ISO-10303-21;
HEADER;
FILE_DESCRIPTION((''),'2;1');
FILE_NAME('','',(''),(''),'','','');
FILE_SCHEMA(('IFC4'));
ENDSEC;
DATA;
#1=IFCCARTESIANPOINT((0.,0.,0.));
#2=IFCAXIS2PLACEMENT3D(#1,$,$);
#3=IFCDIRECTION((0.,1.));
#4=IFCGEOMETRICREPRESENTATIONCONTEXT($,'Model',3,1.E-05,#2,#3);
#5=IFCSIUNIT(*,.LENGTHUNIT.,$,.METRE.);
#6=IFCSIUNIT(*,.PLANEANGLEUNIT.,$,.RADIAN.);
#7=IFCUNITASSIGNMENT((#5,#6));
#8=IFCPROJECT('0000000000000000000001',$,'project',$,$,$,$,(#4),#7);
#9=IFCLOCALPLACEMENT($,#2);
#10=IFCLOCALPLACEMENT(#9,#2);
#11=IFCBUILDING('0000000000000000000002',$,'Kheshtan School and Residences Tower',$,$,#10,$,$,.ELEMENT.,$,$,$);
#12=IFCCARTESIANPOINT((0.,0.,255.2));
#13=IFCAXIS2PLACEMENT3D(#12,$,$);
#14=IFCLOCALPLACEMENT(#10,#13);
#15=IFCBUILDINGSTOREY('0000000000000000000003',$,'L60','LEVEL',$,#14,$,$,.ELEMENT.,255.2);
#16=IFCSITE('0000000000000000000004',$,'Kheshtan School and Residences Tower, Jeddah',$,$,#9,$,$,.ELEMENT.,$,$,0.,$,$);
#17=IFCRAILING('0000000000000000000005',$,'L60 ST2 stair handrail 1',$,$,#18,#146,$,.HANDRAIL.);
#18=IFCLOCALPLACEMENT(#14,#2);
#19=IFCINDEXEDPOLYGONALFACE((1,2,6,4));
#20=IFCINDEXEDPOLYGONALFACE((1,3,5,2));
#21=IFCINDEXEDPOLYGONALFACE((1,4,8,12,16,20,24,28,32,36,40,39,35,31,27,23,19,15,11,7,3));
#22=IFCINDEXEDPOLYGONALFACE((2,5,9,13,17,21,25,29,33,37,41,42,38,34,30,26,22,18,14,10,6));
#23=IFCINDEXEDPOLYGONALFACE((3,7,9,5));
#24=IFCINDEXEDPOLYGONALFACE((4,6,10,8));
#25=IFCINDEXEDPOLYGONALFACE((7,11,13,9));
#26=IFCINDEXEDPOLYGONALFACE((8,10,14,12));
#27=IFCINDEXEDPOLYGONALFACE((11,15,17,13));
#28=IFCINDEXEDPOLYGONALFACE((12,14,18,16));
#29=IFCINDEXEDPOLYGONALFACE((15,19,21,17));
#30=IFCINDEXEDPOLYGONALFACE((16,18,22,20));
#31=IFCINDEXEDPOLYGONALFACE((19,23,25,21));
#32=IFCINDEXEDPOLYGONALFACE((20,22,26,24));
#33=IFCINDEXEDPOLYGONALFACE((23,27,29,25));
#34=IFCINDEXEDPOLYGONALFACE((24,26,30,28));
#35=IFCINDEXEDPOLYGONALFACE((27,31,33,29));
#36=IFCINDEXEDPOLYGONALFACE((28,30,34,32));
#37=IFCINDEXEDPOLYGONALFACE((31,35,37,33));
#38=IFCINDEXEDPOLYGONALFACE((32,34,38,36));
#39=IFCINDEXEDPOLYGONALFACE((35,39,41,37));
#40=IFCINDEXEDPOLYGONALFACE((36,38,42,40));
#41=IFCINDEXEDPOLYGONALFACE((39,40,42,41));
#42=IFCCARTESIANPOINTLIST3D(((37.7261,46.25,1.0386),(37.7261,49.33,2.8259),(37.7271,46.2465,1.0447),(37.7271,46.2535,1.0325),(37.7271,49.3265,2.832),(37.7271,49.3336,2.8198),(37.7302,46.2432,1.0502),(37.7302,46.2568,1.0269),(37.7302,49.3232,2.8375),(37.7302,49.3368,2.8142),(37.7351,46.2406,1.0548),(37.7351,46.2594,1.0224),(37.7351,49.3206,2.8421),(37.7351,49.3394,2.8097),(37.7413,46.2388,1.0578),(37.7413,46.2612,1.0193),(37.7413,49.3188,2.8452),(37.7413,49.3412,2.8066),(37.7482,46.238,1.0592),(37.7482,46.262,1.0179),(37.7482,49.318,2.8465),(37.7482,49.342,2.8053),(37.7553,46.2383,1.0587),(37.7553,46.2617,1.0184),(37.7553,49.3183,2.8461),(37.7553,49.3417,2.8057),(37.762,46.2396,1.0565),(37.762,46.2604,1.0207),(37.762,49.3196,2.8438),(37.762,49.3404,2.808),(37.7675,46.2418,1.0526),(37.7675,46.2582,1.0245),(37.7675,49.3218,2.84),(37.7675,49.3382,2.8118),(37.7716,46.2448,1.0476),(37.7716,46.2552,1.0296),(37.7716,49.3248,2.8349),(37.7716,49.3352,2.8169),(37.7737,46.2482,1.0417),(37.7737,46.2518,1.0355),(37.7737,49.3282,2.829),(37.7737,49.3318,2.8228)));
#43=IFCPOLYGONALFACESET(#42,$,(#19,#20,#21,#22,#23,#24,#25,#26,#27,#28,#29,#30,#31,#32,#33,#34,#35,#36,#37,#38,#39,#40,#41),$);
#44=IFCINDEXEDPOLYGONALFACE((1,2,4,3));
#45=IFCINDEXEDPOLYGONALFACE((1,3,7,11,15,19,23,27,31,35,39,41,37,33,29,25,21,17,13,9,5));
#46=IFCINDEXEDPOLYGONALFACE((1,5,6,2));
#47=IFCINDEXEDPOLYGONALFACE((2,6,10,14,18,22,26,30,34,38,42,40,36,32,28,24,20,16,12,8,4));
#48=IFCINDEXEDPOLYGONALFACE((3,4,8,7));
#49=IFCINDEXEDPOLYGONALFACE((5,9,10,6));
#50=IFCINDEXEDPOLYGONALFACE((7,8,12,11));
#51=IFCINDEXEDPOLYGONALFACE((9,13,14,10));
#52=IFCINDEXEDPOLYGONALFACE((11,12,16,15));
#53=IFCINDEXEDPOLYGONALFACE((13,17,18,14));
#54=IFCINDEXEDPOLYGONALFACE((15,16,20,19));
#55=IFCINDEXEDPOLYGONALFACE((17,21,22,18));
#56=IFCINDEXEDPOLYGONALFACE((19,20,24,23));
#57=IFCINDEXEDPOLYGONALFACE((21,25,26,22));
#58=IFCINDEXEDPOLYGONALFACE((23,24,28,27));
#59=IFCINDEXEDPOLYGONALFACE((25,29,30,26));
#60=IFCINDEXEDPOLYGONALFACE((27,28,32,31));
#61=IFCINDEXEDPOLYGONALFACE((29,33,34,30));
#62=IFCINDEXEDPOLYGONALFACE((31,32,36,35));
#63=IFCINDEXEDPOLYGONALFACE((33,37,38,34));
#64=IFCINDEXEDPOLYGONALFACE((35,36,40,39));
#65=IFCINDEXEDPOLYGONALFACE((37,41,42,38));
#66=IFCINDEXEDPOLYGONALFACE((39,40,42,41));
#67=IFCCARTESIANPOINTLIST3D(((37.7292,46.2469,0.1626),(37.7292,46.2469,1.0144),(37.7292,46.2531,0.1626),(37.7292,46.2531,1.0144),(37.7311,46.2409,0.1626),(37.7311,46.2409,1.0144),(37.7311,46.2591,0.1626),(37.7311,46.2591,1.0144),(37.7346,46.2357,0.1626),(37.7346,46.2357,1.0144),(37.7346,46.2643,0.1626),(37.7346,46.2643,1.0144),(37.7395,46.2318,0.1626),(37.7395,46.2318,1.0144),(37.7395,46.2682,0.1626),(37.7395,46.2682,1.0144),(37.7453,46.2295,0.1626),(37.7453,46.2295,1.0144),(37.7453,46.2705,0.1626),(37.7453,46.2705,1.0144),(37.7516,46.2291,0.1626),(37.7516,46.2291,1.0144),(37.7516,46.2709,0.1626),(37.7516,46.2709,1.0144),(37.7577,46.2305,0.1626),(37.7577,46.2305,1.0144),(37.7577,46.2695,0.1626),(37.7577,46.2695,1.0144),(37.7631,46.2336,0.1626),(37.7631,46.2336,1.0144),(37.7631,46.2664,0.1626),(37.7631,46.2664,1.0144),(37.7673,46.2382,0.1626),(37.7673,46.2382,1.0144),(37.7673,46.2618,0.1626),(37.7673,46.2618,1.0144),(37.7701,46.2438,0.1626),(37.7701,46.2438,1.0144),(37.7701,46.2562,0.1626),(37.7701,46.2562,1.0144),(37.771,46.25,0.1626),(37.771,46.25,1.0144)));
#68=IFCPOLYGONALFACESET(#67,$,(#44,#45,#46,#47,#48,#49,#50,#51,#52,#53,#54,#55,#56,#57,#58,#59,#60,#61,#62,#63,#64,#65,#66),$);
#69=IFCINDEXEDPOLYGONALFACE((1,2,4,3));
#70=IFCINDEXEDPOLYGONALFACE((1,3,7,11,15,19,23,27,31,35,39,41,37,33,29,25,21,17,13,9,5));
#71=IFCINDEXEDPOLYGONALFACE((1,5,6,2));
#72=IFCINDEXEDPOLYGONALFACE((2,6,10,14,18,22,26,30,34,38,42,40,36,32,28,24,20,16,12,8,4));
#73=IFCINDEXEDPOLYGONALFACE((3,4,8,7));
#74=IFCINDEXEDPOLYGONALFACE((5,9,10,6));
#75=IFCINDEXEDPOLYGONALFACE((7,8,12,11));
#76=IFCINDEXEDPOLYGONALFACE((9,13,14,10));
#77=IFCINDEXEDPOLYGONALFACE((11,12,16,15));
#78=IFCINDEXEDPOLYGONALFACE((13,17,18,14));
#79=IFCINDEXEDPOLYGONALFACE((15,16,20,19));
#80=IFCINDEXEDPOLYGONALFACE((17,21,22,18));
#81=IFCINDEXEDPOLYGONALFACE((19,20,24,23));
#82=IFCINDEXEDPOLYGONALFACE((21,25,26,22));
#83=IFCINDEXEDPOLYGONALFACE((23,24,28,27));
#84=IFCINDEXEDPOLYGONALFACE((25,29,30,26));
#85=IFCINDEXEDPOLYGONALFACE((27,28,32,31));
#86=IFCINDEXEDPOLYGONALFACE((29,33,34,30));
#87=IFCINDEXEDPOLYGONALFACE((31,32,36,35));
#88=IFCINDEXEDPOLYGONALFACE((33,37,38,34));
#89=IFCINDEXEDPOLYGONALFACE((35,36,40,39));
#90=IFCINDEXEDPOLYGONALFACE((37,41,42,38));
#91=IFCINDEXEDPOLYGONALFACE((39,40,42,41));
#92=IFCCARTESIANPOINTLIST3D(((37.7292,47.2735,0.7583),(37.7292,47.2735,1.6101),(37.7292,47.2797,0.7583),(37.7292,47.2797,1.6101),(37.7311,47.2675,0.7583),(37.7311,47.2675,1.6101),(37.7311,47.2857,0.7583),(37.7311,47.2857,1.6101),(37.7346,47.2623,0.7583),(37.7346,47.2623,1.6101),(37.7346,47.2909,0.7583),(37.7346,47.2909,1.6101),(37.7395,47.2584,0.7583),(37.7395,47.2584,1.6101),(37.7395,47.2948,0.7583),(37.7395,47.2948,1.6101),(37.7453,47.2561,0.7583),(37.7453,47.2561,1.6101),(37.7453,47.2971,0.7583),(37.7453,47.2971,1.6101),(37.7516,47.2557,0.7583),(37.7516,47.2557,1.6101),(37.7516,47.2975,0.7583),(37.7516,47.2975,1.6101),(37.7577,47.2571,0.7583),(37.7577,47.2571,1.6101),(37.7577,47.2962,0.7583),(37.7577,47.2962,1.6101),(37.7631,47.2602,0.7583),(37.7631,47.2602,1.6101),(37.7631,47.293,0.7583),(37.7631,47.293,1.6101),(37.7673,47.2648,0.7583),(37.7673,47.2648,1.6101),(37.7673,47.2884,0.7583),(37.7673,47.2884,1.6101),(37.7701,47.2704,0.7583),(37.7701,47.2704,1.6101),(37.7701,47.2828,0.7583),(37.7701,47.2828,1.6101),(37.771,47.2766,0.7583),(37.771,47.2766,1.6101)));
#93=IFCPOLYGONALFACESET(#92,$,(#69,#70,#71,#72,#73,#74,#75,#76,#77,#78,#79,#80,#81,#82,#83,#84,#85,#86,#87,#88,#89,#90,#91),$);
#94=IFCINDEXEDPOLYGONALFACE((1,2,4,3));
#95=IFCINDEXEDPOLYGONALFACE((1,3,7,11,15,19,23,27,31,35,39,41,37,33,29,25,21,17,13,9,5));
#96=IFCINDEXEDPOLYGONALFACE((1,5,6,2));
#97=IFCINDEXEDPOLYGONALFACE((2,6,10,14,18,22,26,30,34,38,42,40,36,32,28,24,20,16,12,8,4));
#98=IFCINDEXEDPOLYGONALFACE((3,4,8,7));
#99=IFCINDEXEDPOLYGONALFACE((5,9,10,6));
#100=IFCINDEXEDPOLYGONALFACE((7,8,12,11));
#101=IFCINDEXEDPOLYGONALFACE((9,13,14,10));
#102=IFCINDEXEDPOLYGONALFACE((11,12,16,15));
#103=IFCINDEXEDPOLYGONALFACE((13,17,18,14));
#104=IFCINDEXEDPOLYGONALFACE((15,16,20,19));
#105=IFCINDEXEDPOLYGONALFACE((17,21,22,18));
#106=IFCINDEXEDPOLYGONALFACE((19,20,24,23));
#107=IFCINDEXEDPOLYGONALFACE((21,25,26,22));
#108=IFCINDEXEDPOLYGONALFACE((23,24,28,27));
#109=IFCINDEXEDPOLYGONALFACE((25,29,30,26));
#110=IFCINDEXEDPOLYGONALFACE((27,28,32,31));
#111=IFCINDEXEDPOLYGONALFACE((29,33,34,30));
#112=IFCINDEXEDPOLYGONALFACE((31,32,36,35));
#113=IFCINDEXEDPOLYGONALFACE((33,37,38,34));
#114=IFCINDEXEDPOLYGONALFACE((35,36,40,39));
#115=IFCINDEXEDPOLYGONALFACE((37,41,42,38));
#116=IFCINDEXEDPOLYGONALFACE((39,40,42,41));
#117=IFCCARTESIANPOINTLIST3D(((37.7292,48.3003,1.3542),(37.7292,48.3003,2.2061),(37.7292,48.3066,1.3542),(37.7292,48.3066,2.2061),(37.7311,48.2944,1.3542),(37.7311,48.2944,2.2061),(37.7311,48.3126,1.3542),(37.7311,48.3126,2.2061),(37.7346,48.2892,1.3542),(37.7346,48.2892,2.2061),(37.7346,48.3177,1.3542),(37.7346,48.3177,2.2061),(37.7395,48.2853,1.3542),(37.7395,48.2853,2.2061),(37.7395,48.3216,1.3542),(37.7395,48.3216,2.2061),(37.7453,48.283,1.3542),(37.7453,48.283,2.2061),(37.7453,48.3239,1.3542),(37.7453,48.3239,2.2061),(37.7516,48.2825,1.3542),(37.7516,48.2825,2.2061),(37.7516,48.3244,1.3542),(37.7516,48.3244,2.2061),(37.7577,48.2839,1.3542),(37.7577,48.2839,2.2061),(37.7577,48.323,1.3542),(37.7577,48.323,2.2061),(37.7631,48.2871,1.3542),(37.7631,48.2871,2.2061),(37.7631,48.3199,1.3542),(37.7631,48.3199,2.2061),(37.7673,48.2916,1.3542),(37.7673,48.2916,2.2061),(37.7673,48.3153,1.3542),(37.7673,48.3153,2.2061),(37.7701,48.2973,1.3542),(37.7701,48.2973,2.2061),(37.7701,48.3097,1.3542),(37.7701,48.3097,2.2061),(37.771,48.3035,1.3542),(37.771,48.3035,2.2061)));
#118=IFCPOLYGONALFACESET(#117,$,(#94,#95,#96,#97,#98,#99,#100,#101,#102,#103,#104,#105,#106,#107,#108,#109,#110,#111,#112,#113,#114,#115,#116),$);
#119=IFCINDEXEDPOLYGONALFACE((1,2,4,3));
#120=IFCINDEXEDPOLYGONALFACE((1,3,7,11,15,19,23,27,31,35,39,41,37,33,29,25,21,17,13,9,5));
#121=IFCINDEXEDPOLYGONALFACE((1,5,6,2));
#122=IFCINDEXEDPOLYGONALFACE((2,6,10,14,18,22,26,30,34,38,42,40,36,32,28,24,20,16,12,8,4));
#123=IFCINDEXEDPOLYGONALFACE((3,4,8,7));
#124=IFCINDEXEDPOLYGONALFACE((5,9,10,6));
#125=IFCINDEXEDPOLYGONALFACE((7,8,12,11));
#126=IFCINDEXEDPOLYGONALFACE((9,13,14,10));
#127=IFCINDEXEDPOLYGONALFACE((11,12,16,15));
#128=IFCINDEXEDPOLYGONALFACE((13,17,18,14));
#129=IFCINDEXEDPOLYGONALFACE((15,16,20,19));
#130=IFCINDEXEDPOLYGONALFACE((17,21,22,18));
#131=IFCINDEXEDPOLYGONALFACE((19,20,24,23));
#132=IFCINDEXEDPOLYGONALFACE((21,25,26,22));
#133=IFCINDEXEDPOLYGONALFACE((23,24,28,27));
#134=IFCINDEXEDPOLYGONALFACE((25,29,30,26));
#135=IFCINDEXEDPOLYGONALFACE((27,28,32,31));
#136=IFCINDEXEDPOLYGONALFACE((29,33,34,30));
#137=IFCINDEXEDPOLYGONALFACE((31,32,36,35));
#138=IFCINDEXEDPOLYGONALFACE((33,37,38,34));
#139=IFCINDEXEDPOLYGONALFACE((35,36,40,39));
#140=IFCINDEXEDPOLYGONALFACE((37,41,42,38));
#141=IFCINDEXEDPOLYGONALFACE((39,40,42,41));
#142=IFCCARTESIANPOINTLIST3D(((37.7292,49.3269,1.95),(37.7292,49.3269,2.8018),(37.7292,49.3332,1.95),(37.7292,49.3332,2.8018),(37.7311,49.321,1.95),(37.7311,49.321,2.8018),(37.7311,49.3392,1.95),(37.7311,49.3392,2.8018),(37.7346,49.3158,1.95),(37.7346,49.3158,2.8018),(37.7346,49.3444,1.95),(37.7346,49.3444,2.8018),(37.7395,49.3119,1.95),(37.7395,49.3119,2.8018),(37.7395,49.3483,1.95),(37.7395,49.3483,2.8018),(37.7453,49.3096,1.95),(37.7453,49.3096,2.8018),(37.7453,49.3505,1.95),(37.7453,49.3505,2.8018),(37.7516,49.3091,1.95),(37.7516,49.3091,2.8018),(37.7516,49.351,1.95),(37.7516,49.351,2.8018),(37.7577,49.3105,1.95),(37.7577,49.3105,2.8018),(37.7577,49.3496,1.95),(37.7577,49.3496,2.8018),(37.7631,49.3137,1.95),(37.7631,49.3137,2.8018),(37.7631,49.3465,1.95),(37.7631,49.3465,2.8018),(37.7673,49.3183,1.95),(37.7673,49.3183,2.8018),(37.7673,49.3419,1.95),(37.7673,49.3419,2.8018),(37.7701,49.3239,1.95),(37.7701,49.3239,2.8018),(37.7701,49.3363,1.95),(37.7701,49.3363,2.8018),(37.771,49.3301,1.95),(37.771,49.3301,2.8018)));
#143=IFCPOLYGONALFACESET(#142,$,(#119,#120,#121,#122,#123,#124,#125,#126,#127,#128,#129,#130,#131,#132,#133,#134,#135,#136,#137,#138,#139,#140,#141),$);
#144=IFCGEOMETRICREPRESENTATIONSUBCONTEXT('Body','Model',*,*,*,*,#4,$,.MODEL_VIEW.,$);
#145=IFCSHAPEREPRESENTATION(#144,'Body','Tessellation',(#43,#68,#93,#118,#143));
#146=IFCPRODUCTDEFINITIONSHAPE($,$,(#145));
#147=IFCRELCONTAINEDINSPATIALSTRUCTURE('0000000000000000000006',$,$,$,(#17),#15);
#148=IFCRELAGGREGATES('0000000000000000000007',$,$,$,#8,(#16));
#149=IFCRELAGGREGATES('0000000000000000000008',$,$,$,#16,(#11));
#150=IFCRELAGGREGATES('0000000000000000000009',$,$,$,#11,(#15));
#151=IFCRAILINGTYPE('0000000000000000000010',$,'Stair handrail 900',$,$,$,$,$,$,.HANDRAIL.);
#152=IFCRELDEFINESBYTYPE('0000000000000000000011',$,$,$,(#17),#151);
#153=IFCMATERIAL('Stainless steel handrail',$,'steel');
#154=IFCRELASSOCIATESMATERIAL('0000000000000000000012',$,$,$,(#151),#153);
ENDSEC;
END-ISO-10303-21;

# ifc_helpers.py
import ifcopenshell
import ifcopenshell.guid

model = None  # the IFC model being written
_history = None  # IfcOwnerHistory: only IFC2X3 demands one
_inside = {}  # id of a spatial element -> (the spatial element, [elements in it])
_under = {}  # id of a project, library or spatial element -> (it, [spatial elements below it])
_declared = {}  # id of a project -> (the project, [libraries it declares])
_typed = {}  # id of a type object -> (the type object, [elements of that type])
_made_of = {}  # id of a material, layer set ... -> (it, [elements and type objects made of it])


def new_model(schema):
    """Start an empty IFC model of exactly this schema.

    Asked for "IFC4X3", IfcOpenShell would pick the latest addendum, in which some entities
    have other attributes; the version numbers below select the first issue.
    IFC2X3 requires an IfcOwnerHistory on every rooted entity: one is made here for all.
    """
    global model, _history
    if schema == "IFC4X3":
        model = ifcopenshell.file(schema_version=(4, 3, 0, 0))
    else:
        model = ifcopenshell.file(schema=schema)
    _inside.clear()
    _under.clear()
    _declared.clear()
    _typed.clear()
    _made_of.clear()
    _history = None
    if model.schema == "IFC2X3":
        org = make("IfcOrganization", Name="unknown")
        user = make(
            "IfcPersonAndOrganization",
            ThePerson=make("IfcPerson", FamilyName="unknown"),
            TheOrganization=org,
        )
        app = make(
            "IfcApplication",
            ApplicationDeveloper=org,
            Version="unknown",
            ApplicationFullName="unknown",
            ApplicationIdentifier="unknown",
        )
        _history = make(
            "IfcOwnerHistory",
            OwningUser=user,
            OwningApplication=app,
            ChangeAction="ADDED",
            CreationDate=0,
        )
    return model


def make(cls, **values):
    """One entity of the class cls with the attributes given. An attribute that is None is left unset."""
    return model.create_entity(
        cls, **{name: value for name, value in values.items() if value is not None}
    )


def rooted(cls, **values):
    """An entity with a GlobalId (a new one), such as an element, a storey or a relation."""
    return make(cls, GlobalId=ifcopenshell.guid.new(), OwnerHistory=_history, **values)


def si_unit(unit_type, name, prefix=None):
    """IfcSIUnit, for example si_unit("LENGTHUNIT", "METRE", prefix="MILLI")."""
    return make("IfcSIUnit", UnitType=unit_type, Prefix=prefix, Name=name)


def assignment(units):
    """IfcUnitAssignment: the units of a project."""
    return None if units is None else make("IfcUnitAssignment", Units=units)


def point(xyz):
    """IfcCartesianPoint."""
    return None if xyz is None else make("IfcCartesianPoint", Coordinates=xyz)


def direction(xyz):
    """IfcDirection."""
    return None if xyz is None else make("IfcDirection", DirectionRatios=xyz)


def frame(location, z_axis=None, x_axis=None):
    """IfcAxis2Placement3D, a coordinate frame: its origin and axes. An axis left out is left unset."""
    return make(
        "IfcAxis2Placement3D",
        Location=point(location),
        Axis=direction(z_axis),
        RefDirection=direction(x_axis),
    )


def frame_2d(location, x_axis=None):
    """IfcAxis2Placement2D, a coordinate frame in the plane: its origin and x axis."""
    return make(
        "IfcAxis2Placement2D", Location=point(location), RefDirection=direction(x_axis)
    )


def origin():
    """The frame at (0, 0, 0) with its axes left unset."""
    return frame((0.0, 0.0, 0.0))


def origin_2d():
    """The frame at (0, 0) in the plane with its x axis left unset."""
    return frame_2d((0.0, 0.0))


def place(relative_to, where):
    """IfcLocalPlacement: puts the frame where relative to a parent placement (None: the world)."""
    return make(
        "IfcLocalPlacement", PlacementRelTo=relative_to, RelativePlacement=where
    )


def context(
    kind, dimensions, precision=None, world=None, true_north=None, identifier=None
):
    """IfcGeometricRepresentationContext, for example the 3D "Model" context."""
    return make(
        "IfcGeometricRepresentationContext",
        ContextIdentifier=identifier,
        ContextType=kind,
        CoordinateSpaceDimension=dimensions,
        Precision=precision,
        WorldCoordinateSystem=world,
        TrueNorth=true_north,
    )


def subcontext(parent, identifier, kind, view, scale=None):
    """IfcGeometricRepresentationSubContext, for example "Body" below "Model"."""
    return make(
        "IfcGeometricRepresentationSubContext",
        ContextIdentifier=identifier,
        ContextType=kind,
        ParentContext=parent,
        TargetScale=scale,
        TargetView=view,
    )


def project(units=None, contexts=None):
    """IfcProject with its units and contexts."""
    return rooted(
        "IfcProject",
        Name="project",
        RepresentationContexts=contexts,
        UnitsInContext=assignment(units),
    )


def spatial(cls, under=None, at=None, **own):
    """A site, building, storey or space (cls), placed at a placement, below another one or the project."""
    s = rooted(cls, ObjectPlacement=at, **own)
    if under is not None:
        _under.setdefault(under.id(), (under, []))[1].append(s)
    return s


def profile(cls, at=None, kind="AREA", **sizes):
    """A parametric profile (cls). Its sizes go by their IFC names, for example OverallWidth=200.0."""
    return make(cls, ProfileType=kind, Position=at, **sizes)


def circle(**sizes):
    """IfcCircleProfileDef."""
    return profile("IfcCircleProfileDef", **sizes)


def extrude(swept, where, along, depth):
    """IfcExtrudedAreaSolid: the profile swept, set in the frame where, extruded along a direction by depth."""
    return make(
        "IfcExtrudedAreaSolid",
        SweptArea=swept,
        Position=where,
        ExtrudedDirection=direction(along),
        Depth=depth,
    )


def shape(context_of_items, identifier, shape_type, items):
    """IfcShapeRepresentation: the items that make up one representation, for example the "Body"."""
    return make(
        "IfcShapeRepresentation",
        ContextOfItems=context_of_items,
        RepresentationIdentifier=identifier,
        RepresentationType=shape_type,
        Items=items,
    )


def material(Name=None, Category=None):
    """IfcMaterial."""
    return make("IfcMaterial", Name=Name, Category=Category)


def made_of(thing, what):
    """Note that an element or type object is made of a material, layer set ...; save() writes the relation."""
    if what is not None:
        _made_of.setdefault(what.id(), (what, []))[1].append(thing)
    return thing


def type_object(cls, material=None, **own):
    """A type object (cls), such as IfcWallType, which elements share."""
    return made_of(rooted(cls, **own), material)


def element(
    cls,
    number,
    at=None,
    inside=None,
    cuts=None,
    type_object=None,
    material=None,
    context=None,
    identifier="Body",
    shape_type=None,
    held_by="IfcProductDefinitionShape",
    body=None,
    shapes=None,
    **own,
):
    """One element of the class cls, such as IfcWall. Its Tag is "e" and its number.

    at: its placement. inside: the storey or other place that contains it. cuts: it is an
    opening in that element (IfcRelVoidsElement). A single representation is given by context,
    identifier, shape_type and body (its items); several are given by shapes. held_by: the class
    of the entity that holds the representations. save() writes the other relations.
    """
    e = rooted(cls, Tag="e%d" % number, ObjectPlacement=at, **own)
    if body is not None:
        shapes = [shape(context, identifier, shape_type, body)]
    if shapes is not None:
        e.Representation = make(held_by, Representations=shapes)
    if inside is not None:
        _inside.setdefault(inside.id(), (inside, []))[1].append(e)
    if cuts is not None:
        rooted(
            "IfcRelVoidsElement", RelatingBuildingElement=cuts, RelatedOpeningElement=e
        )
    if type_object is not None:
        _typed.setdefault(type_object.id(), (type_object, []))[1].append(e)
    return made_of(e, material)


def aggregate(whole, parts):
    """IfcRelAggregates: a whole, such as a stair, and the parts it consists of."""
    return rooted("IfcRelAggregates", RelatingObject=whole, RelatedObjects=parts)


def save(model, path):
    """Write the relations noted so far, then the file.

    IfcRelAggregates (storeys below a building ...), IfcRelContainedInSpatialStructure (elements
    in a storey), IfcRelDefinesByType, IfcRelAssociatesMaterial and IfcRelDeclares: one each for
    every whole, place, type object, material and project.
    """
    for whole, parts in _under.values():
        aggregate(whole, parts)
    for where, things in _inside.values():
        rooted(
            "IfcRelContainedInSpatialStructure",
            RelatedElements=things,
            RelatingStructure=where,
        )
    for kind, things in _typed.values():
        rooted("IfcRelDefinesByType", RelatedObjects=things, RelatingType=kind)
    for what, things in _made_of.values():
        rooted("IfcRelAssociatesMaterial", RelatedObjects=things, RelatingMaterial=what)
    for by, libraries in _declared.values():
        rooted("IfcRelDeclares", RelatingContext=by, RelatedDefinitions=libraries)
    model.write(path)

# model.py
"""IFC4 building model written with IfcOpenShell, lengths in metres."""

from ifc_helpers import new_model, si_unit, direction, frame, origin, origin_2d, place, context, subcontext, project, spatial, circle, extrude, material, type_object, element, save


model = new_model("IFC4")

# Units and contexts
model_context = context("Model", 3, precision=1e-05, world=origin(), true_north=direction((0.0, 1.0)))
body_context = subcontext(model_context, "Body", "Model", "MODEL_VIEW")
ifc_project = project(units=[si_unit("LENGTHUNIT", "METRE"), si_unit("PLANEANGLEUNIT", "RADIAN")], contexts=[model_context])

# Site, building, storey
site_placement = place(None, origin())
site = spatial("IfcSite", under=ifc_project, at=site_placement, Name="Kheshtan School and Residences Tower, Jeddah", CompositionType="ELEMENT", RefElevation=0.0)
building_placement = place(site_placement, origin())
building = spatial("IfcBuilding", under=site, at=building_placement, Name="Kheshtan School and Residences Tower", CompositionType="ELEMENT")
storey_placement = place(building_placement, frame((0.0, 0.0, 255.2)))
storey = spatial("IfcBuildingStorey", under=building, at=storey_placement, Name="L60", Description="LEVEL", CompositionType="ELEMENT", Elevation=255.2)

# Railing
ifc_material_1 = material(Name="Stainless steel handrail", Category="steel")
railing_type_1 = type_object("IfcRailingType", Name="Stair handrail 900", PredefinedType="HANDRAIL", material=ifc_material_1)
railing_1_placement = place(storey_placement, frame((37.75, 46.25, 0.1626)))
element("IfcRailing", 1, at=railing_1_placement, inside=storey, type_object=railing_type_1, Name="L60 ST2 stair handrail 1", PredefinedType="HANDRAIL", context=body_context, shape_type="SweptSolid", body=[
    extrude(circle(Radius=0.0239, at=origin_2d()), frame((0.0, 0.0, 0.876), z_axis=(0.0, 0.86492, 0.501909), x_axis=(-1.0, 0.0, 0.0)), (0.0, 0.0, 1.0), 3.561),
    extrude(circle(Radius=0.021, at=origin_2d()), origin(), (0.0, 0.0, 1.0), 0.8518),
    extrude(circle(Radius=0.021, at=origin_2d()), frame((0.0, 1.0266, 0.5957)), (0.0, 0.0, 1.0), 0.8518),
    extrude(circle(Radius=0.021, at=origin_2d()), frame((0.0, 2.0535, 1.1917)), (0.0, 0.0, 1.0), 0.8518),
    extrude(circle(Radius=0.021, at=origin_2d()), frame((0.0, 3.0801, 1.7874)), (0.0, 0.0, 1.0), 0.8518),
])

save(model, "model.ifc")
